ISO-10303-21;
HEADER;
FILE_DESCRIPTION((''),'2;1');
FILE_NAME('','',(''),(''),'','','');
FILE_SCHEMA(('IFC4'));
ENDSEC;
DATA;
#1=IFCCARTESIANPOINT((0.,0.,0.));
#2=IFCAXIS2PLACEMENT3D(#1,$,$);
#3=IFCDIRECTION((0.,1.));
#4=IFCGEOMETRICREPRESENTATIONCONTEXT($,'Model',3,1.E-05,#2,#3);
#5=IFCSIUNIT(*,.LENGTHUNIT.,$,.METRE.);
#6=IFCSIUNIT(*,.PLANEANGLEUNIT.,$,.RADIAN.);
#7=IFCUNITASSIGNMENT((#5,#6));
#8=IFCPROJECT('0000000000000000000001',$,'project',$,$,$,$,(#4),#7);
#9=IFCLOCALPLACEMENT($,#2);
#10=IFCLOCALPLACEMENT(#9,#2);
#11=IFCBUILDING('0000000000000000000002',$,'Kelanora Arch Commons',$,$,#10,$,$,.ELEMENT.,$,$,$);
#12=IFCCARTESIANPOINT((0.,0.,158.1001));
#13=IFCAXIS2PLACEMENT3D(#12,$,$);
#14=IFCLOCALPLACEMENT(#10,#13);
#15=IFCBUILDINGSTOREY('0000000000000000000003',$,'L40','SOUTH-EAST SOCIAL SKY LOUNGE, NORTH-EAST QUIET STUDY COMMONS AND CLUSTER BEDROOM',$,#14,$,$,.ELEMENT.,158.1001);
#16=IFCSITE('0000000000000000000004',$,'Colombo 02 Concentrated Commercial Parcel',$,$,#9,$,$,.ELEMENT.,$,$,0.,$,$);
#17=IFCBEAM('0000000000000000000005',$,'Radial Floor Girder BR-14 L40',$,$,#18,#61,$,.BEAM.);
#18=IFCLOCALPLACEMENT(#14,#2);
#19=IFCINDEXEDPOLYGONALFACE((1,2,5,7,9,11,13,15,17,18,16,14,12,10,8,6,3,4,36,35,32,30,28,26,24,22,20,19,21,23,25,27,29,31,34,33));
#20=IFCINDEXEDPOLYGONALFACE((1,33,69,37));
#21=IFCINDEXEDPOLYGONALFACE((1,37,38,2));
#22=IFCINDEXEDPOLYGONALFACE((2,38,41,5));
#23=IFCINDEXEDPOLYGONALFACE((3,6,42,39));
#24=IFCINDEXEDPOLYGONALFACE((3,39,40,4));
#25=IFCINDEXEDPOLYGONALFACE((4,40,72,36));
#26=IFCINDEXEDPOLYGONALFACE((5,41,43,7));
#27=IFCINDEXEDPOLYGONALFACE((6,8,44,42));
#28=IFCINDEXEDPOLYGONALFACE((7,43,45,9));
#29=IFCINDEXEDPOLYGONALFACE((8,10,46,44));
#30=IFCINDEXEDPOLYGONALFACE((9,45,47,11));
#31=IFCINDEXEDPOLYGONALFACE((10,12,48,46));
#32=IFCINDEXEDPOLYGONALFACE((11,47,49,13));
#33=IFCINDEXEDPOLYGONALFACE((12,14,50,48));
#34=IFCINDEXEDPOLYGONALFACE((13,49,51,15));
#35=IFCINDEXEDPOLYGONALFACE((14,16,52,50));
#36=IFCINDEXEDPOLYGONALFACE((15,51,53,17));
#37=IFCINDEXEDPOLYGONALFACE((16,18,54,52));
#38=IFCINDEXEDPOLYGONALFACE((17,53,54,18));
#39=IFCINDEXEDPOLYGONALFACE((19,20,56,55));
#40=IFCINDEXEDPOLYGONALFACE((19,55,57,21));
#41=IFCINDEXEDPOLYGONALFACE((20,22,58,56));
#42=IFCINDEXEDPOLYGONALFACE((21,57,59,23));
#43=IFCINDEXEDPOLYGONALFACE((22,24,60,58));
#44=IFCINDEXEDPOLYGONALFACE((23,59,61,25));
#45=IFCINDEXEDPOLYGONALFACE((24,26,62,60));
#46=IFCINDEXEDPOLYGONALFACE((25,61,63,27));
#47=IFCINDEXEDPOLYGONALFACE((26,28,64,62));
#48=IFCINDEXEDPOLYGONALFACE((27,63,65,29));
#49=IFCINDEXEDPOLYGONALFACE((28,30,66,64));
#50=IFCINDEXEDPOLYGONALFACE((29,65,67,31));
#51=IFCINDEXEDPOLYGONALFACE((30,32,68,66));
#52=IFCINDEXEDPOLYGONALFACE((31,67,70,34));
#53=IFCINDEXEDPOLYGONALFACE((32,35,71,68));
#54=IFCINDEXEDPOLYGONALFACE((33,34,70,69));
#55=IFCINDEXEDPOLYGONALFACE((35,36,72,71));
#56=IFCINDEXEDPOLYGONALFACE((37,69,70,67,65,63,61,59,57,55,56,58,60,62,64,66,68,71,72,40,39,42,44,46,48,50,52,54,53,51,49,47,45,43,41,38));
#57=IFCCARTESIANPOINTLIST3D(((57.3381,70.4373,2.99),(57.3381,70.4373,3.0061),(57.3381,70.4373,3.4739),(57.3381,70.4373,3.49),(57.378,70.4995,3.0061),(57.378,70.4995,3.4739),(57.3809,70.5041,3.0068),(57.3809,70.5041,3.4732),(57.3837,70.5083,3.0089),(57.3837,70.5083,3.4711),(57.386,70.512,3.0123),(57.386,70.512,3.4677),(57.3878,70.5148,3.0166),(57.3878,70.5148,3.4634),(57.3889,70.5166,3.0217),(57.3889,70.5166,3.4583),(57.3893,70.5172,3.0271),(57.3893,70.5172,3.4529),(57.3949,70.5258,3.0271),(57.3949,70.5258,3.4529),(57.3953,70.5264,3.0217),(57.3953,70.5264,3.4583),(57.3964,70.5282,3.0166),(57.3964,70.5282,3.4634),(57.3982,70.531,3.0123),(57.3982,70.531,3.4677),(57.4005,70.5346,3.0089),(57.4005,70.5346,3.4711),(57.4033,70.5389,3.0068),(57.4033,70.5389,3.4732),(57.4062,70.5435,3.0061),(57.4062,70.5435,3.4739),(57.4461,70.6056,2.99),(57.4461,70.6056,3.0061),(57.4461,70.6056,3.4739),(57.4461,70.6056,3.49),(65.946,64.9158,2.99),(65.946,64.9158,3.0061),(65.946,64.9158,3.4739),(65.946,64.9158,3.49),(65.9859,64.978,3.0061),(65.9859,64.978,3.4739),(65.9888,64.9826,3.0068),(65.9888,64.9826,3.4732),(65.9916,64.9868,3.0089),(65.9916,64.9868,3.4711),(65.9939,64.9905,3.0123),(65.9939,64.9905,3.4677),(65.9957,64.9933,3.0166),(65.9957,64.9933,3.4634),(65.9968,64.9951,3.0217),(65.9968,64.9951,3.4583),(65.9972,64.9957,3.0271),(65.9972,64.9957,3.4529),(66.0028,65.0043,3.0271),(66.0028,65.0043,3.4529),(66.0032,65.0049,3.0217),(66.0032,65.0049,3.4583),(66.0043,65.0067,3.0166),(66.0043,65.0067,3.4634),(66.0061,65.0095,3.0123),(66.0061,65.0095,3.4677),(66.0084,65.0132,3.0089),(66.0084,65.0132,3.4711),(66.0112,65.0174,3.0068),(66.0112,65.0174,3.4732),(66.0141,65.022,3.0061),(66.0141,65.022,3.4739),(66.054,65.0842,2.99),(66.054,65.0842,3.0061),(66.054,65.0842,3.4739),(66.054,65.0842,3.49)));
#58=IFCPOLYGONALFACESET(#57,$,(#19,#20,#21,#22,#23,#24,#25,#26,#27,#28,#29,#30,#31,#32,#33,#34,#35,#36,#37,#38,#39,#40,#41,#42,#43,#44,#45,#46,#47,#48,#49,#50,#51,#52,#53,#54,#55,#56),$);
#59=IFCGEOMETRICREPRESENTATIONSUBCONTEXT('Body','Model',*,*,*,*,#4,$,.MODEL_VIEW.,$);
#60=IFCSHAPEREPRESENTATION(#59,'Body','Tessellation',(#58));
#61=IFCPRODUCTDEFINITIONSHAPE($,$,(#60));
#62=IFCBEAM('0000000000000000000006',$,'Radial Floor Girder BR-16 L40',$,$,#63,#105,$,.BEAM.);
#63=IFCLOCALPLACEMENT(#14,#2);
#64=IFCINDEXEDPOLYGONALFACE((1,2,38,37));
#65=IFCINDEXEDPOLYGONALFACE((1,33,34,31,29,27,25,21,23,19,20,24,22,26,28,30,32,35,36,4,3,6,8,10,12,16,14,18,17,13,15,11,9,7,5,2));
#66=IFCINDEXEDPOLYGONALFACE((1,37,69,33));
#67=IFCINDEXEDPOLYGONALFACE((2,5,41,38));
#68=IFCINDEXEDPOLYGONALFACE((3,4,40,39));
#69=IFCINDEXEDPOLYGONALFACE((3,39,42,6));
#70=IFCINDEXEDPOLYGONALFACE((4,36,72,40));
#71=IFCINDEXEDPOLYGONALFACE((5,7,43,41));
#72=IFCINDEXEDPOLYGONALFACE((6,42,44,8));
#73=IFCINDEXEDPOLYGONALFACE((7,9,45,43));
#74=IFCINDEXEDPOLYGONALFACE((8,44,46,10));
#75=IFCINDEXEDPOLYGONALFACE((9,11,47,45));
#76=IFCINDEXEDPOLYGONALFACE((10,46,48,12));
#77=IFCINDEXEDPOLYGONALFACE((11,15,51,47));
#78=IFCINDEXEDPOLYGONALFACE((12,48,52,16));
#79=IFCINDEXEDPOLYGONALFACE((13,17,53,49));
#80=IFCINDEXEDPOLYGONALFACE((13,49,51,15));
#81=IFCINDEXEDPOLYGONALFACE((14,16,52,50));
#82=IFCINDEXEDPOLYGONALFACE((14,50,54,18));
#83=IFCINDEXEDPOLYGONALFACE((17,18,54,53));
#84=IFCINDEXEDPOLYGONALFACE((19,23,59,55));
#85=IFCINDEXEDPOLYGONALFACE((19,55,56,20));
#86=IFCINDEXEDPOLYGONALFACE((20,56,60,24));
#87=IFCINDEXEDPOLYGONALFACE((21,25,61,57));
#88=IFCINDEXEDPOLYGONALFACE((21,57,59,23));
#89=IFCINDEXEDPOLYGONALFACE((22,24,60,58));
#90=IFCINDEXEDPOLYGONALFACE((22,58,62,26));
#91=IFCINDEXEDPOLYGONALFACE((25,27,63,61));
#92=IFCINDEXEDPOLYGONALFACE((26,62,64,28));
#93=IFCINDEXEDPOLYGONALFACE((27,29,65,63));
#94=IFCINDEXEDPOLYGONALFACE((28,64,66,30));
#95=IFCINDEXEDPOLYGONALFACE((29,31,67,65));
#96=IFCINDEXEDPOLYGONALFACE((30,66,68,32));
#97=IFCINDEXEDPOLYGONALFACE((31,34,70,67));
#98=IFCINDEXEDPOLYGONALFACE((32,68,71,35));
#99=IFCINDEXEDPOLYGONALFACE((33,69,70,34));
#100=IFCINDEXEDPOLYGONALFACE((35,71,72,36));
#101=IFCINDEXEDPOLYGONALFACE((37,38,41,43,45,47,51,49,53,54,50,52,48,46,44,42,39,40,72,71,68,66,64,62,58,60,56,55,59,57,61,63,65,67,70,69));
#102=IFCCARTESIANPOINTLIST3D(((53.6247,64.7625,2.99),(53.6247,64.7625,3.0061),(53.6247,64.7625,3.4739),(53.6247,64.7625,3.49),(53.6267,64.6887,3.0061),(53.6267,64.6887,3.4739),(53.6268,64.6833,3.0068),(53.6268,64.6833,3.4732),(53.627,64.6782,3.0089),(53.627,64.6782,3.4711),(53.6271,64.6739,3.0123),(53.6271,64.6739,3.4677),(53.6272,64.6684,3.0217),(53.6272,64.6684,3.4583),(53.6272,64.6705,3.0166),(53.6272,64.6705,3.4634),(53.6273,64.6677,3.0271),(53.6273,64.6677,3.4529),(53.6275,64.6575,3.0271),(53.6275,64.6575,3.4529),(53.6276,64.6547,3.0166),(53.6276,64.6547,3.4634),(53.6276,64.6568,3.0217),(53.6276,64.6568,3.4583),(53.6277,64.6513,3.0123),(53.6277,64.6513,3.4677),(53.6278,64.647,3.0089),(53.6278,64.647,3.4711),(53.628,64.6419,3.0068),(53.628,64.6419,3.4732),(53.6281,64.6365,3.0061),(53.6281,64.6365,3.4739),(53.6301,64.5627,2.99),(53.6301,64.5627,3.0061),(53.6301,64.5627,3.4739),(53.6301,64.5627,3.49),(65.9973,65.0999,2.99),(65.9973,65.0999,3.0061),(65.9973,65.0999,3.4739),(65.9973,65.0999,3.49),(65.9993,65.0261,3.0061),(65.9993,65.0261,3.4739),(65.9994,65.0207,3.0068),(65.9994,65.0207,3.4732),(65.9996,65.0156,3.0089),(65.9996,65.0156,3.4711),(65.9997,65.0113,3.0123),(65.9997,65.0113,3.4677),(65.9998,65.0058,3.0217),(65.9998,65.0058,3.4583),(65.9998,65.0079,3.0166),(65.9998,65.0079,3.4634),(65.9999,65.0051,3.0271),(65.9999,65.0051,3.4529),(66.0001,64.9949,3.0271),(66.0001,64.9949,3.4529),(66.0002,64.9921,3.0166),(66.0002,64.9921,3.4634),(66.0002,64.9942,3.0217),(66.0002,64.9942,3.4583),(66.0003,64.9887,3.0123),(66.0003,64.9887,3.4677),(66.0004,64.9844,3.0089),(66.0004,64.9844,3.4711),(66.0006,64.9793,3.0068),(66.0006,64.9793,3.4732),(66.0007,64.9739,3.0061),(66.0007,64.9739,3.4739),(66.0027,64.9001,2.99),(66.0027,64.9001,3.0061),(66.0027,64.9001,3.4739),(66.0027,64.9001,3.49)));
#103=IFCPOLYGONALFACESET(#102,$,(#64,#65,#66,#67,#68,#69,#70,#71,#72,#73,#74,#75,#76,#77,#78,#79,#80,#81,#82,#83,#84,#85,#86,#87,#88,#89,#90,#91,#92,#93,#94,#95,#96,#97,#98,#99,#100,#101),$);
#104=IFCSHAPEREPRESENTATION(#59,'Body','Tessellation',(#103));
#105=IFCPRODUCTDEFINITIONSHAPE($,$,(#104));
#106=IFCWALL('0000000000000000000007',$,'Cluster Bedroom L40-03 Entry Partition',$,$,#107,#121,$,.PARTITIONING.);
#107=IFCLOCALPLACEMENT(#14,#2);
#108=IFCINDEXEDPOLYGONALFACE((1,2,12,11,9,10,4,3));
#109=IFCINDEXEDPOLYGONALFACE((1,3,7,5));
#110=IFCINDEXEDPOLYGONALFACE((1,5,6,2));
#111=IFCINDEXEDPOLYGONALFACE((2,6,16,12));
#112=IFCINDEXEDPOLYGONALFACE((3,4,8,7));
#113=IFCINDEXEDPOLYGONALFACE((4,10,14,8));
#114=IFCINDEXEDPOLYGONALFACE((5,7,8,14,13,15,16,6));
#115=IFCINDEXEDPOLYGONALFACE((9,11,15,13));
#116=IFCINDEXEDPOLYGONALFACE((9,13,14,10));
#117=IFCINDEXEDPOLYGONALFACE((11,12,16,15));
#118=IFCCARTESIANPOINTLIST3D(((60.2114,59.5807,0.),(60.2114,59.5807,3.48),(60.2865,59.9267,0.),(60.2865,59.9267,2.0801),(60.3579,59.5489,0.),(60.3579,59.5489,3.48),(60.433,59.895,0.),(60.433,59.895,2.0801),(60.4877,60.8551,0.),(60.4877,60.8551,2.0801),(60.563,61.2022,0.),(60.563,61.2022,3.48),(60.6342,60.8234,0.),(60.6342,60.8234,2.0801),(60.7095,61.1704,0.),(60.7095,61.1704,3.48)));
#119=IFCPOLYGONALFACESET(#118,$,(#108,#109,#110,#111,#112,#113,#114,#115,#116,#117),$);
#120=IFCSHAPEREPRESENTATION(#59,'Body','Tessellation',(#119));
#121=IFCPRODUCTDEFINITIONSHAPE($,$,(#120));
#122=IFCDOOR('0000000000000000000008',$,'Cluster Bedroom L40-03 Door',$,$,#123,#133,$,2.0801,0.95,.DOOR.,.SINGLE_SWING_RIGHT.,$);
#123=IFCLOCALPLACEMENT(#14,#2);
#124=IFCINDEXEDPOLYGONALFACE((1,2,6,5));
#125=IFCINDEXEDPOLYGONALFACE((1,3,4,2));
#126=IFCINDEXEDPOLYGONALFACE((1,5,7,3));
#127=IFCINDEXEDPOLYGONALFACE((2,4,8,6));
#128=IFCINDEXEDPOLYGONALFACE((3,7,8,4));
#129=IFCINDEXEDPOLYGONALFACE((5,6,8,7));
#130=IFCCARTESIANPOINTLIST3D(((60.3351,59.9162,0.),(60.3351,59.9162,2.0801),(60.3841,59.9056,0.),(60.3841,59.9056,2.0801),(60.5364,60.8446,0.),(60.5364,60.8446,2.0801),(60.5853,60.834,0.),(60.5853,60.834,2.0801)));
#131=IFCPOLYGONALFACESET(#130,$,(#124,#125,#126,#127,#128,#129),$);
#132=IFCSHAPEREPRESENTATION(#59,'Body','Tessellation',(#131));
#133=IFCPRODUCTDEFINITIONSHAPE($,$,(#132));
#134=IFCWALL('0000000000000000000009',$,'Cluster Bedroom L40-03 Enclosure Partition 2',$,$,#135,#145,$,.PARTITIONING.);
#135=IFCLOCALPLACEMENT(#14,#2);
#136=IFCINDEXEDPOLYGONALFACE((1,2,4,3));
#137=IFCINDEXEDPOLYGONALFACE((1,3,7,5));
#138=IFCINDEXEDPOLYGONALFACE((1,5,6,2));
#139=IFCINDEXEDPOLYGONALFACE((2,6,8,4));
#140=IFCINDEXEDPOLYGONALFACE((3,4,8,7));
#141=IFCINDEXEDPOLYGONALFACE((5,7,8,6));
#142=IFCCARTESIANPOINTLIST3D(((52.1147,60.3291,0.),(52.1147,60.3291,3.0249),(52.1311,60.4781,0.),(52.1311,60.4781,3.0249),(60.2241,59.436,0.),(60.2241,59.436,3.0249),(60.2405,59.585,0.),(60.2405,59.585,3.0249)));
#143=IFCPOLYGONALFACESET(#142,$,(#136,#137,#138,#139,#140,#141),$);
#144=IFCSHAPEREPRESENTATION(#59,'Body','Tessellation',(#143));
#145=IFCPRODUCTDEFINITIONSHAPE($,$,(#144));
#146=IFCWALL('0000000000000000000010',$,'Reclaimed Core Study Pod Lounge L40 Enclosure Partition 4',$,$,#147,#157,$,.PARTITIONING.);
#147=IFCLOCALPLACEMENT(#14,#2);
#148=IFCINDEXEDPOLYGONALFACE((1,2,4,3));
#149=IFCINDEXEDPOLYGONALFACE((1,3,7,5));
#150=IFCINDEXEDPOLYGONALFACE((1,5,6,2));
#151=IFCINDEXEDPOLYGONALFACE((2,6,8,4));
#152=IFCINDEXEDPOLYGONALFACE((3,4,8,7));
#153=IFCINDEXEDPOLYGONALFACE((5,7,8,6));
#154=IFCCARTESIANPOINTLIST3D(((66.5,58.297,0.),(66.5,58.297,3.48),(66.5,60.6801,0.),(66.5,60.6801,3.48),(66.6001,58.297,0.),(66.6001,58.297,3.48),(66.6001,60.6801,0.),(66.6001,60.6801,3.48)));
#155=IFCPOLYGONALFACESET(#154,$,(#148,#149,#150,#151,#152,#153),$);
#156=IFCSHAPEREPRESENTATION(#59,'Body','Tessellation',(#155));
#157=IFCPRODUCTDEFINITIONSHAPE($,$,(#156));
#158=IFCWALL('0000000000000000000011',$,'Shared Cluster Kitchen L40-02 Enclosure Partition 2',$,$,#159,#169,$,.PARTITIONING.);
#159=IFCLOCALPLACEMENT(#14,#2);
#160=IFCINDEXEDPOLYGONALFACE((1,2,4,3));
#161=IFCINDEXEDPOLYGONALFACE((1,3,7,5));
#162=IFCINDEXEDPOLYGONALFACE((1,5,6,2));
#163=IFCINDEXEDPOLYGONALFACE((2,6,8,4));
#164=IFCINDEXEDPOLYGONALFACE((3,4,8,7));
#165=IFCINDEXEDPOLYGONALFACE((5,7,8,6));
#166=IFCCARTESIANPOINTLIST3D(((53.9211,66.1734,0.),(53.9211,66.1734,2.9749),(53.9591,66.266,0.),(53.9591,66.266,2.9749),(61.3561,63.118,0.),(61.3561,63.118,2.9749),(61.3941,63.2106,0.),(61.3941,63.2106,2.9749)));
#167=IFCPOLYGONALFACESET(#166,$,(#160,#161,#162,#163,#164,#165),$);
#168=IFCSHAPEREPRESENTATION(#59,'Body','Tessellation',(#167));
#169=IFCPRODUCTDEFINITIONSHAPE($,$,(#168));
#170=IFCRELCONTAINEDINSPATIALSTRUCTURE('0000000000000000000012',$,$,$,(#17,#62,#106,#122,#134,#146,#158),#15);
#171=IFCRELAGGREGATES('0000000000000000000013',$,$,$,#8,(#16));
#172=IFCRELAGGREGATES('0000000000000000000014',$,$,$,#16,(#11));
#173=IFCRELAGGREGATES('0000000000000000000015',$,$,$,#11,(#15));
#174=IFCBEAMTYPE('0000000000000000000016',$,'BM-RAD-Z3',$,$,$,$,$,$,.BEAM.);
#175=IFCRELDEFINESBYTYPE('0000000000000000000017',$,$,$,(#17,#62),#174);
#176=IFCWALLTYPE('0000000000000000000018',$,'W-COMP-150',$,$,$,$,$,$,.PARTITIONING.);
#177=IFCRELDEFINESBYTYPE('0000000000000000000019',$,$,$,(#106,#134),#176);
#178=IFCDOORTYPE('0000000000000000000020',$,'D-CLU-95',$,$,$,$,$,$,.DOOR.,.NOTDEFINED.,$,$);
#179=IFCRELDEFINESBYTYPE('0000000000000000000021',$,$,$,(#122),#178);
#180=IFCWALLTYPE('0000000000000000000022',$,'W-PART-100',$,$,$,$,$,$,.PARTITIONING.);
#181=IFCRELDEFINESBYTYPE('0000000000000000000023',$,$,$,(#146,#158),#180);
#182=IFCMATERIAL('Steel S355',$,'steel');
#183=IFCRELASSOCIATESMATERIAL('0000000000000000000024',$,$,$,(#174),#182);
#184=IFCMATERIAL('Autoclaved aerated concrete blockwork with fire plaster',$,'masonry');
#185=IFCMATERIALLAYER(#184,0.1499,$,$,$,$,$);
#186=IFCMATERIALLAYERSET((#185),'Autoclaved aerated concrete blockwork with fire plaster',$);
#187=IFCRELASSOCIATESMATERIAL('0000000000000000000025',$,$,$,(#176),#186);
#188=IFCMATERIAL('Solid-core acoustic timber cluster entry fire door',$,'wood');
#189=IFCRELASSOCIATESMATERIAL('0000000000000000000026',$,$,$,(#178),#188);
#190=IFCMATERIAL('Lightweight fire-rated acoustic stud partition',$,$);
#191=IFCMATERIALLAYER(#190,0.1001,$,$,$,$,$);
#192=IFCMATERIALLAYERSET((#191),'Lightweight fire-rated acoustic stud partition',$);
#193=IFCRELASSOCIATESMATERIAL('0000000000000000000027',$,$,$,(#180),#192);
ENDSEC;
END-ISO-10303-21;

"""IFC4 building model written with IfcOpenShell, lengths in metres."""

from ifc_helpers import new_model, si_unit, direction, frame, frame_2d, origin, origin_2d, place, context, subcontext, project, spatial, rectangle, i_section, extrude, material, layer, layer_set, material_profile, profile_set, type_object, element, fill, save


model = new_model("IFC4")

# Units and contexts
model_context = context("Model", 3, precision=1e-05, world=origin(), true_north=direction((0.0, 1.0)))
body_context = subcontext(model_context, "Body", "Model", "MODEL_VIEW")
ifc_project = project(units=[si_unit("LENGTHUNIT", "METRE"), si_unit("PLANEANGLEUNIT", "RADIAN")], contexts=[model_context])

# Site, building, storey
site_placement = place(None, origin())
site = spatial("IfcSite", under=ifc_project, at=site_placement, Name="Colombo 02 Concentrated Commercial Parcel", CompositionType="ELEMENT", RefElevation=0.0)
building_placement = place(site_placement, origin())
building = spatial("IfcBuilding", under=site, at=building_placement, Name="Kelanora Arch Commons", CompositionType="ELEMENT")
storey_placement = place(building_placement, frame((0.0, 0.0, 158.1001)))
storey = spatial("IfcBuildingStorey", under=building, at=storey_placement, Name="L40", Description="SOUTH-EAST SOCIAL SKY LOUNGE, NORTH-EAST QUIET STUDY COMMONS AND CLUSTER BEDROOM", CompositionType="ELEMENT", Elevation=158.1001)

# Beams
ifc_material_1 = material(Name="Steel S355", Category="steel")
ifc_material_profile_1 = material_profile(ifc_material_1, i_section(OverallWidth=0.2, OverallDepth=0.5, WebThickness=0.0103, FlangeThickness=0.0161, FilletRadius=0.021, at=origin_2d()), Name="IPE500")
ifc_profile_set_1 = profile_set([ifc_material_profile_1], Name="Steel S355")
beam_type_1 = type_object("IfcBeamType", Name="BM-RAD-Z3", PredefinedType="BEAM", material=ifc_profile_set_1)
beam_1_placement = place(storey_placement, frame((66.0, 65.0, 3.24), z_axis=(-0.841719, 0.539915, 0.0), x_axis=(-0.539915, -0.841719, 0.0)))
element("IfcBeam", 1, at=beam_1_placement, inside=storey, type_object=beam_type_1, Name="Radial Floor Girder BR-14 L40", PredefinedType="BEAM", context=body_context, shape_type="SweptSolid", body=[
    extrude(i_section(OverallWidth=0.2, OverallDepth=0.5, WebThickness=0.0103, FlangeThickness=0.0161, FilletRadius=0.021, at=origin_2d()), origin(), (0.0, 0.0, 1.0), 10.2266),
])
beam_2_placement = place(storey_placement, frame((66.0, 65.0, 3.24), z_axis=(-0.999628, -0.02726, 0.0), x_axis=(0.02726, -0.999628, 0.0)))
element("IfcBeam", 2, at=beam_2_placement, inside=storey, type_object=beam_type_1, Name="Radial Floor Girder BR-16 L40", PredefinedType="BEAM", context=body_context, shape_type="SweptSolid", body=[
    extrude(i_section(OverallWidth=0.2, OverallDepth=0.5, WebThickness=0.0103, FlangeThickness=0.0161, FilletRadius=0.021, at=origin_2d()), origin(), (0.0, 0.0, 1.0), 12.3772),
])

# Wall, opening, door
ifc_material_2 = material(Name="Autoclaved aerated concrete blockwork with fire plaster", Category="masonry")
ifc_layer_1 = layer(ifc_material_2, 0.1499)
ifc_layer_set_1 = layer_set([ifc_layer_1], Name="Autoclaved aerated concrete blockwork with fire plaster")
wall_type_1 = type_object("IfcWallType", Name="W-COMP-150", PredefinedType="PARTITIONING", material=ifc_layer_set_1)
wall_1_placement = place(storey_placement, frame((60.6362, 61.1863, 0.0), z_axis=(0.0, 0.0, 1.0), x_axis=(-0.21188, -0.977296, 0.0)))
wall_1 = element("IfcWall", 3, at=wall_1_placement, inside=storey, type_object=wall_type_1, Name="Cluster Bedroom L40-03 Entry Partition", PredefinedType="PARTITIONING", context=body_context, shape_type="SweptSolid", body=[
    extrude(rectangle(XDim=1.6592, YDim=0.1499, at=frame_2d((0.8296, 0.0))), origin(), (0.0, 0.0, 1.0), 3.48),
])
opening_1_placement = place(wall_1_placement, frame((0.355, 0.0, 0.0)))
opening_1 = element("IfcOpeningElement", 4, at=opening_1_placement, cuts=wall_1, PredefinedType="OPENING", context=body_context, shape_type="SweptSolid", body=[
    extrude(rectangle(XDim=0.95, YDim=2.0801, at=frame_2d((0.4751, 1.04))), frame((0.0, 0.085, 0.0), z_axis=(0.0, -1.0, 0.0), x_axis=(1.0, 0.0, 0.0)), (0.0, 0.0, 1.0), 0.1699),
])
ifc_material_3 = material(Name="Solid-core acoustic timber cluster entry fire door", Category="wood")
door_type_1 = type_object("IfcDoorType", Name="D-CLU-95", OperationType="NOTDEFINED", PredefinedType="DOOR", material=ifc_material_3)
door_1_placement = place(opening_1_placement, origin())
door_1 = element("IfcDoor", 5, at=door_1_placement, inside=storey, type_object=door_type_1, Name="Cluster Bedroom L40-03 Door", OperationType="SINGLE_SWING_RIGHT", OverallHeight=2.0801, OverallWidth=0.95, PredefinedType="DOOR", context=body_context, shape_type="SweptSolid", body=[
    extrude(rectangle(XDim=0.95, YDim=2.0801, at=frame_2d((0.4751, 1.04))), frame((0.0, 0.0249, 0.0), z_axis=(0.0, -1.0, 0.0), x_axis=(1.0, 0.0, 0.0)), (0.0, 0.0, 1.0), 0.05),
])
fill(opening_1, door_1)

# Walls
wall_2_placement = place(storey_placement, frame((60.2322, 59.5105, 0.0), z_axis=(0.0, 0.0, 1.0), x_axis=(-0.993991, 0.109466, 0.0)))
element("IfcWall", 6, at=wall_2_placement, inside=storey, type_object=wall_type_1, Name="Cluster Bedroom L40-03 Enclosure Partition 2", PredefinedType="PARTITIONING", context=body_context, shape_type="SweptSolid", body=[
    extrude(rectangle(XDim=8.1584, YDim=0.1499, at=frame_2d((4.0791, 0.0))), origin(), (0.0, 0.0, 1.0), 3.0249),
])
ifc_material_4 = material(Name="Lightweight fire-rated acoustic stud partition")
ifc_layer_2 = layer(ifc_material_4, 0.1001)
ifc_layer_set_2 = layer_set([ifc_layer_2], Name="Lightweight fire-rated acoustic stud partition")
wall_type_2 = type_object("IfcWallType", Name="W-PART-100", PredefinedType="PARTITIONING", material=ifc_layer_set_2)
wall_3_placement = place(storey_placement, frame((66.55, 60.6799, 0.0), z_axis=(0.0, 0.0, 1.0), x_axis=(0.0, -1.0, 0.0)))
element("IfcWall", 7, at=wall_3_placement, inside=storey, type_object=wall_type_2, Name="Reclaimed Core Study Pod Lounge L40 Enclosure Partition 4", PredefinedType="PARTITIONING", context=body_context, shape_type="SweptSolid", body=[
    extrude(rectangle(XDim=2.3831, YDim=0.1001, at=frame_2d((1.1914, 0.0))), origin(), (0.0, 0.0, 1.0), 3.48),
])
wall_4_placement = place(storey_placement, frame((61.375, 63.1643, 0.0), z_axis=(0.0, 0.0, 1.0), x_axis=(-0.924944, 0.380104, 0.0)))
element("IfcWall", 8, at=wall_4_placement, inside=storey, type_object=wall_type_2, Name="Shared Cluster Kitchen L40-02 Enclosure Partition 2", PredefinedType="PARTITIONING", context=body_context, shape_type="SweptSolid", body=[
    extrude(rectangle(XDim=8.0383, YDim=0.1001, at=frame_2d((4.019, 0.0))), origin(), (0.0, 0.0, 1.0), 2.9749),
])

save(model, "model.ifc")
